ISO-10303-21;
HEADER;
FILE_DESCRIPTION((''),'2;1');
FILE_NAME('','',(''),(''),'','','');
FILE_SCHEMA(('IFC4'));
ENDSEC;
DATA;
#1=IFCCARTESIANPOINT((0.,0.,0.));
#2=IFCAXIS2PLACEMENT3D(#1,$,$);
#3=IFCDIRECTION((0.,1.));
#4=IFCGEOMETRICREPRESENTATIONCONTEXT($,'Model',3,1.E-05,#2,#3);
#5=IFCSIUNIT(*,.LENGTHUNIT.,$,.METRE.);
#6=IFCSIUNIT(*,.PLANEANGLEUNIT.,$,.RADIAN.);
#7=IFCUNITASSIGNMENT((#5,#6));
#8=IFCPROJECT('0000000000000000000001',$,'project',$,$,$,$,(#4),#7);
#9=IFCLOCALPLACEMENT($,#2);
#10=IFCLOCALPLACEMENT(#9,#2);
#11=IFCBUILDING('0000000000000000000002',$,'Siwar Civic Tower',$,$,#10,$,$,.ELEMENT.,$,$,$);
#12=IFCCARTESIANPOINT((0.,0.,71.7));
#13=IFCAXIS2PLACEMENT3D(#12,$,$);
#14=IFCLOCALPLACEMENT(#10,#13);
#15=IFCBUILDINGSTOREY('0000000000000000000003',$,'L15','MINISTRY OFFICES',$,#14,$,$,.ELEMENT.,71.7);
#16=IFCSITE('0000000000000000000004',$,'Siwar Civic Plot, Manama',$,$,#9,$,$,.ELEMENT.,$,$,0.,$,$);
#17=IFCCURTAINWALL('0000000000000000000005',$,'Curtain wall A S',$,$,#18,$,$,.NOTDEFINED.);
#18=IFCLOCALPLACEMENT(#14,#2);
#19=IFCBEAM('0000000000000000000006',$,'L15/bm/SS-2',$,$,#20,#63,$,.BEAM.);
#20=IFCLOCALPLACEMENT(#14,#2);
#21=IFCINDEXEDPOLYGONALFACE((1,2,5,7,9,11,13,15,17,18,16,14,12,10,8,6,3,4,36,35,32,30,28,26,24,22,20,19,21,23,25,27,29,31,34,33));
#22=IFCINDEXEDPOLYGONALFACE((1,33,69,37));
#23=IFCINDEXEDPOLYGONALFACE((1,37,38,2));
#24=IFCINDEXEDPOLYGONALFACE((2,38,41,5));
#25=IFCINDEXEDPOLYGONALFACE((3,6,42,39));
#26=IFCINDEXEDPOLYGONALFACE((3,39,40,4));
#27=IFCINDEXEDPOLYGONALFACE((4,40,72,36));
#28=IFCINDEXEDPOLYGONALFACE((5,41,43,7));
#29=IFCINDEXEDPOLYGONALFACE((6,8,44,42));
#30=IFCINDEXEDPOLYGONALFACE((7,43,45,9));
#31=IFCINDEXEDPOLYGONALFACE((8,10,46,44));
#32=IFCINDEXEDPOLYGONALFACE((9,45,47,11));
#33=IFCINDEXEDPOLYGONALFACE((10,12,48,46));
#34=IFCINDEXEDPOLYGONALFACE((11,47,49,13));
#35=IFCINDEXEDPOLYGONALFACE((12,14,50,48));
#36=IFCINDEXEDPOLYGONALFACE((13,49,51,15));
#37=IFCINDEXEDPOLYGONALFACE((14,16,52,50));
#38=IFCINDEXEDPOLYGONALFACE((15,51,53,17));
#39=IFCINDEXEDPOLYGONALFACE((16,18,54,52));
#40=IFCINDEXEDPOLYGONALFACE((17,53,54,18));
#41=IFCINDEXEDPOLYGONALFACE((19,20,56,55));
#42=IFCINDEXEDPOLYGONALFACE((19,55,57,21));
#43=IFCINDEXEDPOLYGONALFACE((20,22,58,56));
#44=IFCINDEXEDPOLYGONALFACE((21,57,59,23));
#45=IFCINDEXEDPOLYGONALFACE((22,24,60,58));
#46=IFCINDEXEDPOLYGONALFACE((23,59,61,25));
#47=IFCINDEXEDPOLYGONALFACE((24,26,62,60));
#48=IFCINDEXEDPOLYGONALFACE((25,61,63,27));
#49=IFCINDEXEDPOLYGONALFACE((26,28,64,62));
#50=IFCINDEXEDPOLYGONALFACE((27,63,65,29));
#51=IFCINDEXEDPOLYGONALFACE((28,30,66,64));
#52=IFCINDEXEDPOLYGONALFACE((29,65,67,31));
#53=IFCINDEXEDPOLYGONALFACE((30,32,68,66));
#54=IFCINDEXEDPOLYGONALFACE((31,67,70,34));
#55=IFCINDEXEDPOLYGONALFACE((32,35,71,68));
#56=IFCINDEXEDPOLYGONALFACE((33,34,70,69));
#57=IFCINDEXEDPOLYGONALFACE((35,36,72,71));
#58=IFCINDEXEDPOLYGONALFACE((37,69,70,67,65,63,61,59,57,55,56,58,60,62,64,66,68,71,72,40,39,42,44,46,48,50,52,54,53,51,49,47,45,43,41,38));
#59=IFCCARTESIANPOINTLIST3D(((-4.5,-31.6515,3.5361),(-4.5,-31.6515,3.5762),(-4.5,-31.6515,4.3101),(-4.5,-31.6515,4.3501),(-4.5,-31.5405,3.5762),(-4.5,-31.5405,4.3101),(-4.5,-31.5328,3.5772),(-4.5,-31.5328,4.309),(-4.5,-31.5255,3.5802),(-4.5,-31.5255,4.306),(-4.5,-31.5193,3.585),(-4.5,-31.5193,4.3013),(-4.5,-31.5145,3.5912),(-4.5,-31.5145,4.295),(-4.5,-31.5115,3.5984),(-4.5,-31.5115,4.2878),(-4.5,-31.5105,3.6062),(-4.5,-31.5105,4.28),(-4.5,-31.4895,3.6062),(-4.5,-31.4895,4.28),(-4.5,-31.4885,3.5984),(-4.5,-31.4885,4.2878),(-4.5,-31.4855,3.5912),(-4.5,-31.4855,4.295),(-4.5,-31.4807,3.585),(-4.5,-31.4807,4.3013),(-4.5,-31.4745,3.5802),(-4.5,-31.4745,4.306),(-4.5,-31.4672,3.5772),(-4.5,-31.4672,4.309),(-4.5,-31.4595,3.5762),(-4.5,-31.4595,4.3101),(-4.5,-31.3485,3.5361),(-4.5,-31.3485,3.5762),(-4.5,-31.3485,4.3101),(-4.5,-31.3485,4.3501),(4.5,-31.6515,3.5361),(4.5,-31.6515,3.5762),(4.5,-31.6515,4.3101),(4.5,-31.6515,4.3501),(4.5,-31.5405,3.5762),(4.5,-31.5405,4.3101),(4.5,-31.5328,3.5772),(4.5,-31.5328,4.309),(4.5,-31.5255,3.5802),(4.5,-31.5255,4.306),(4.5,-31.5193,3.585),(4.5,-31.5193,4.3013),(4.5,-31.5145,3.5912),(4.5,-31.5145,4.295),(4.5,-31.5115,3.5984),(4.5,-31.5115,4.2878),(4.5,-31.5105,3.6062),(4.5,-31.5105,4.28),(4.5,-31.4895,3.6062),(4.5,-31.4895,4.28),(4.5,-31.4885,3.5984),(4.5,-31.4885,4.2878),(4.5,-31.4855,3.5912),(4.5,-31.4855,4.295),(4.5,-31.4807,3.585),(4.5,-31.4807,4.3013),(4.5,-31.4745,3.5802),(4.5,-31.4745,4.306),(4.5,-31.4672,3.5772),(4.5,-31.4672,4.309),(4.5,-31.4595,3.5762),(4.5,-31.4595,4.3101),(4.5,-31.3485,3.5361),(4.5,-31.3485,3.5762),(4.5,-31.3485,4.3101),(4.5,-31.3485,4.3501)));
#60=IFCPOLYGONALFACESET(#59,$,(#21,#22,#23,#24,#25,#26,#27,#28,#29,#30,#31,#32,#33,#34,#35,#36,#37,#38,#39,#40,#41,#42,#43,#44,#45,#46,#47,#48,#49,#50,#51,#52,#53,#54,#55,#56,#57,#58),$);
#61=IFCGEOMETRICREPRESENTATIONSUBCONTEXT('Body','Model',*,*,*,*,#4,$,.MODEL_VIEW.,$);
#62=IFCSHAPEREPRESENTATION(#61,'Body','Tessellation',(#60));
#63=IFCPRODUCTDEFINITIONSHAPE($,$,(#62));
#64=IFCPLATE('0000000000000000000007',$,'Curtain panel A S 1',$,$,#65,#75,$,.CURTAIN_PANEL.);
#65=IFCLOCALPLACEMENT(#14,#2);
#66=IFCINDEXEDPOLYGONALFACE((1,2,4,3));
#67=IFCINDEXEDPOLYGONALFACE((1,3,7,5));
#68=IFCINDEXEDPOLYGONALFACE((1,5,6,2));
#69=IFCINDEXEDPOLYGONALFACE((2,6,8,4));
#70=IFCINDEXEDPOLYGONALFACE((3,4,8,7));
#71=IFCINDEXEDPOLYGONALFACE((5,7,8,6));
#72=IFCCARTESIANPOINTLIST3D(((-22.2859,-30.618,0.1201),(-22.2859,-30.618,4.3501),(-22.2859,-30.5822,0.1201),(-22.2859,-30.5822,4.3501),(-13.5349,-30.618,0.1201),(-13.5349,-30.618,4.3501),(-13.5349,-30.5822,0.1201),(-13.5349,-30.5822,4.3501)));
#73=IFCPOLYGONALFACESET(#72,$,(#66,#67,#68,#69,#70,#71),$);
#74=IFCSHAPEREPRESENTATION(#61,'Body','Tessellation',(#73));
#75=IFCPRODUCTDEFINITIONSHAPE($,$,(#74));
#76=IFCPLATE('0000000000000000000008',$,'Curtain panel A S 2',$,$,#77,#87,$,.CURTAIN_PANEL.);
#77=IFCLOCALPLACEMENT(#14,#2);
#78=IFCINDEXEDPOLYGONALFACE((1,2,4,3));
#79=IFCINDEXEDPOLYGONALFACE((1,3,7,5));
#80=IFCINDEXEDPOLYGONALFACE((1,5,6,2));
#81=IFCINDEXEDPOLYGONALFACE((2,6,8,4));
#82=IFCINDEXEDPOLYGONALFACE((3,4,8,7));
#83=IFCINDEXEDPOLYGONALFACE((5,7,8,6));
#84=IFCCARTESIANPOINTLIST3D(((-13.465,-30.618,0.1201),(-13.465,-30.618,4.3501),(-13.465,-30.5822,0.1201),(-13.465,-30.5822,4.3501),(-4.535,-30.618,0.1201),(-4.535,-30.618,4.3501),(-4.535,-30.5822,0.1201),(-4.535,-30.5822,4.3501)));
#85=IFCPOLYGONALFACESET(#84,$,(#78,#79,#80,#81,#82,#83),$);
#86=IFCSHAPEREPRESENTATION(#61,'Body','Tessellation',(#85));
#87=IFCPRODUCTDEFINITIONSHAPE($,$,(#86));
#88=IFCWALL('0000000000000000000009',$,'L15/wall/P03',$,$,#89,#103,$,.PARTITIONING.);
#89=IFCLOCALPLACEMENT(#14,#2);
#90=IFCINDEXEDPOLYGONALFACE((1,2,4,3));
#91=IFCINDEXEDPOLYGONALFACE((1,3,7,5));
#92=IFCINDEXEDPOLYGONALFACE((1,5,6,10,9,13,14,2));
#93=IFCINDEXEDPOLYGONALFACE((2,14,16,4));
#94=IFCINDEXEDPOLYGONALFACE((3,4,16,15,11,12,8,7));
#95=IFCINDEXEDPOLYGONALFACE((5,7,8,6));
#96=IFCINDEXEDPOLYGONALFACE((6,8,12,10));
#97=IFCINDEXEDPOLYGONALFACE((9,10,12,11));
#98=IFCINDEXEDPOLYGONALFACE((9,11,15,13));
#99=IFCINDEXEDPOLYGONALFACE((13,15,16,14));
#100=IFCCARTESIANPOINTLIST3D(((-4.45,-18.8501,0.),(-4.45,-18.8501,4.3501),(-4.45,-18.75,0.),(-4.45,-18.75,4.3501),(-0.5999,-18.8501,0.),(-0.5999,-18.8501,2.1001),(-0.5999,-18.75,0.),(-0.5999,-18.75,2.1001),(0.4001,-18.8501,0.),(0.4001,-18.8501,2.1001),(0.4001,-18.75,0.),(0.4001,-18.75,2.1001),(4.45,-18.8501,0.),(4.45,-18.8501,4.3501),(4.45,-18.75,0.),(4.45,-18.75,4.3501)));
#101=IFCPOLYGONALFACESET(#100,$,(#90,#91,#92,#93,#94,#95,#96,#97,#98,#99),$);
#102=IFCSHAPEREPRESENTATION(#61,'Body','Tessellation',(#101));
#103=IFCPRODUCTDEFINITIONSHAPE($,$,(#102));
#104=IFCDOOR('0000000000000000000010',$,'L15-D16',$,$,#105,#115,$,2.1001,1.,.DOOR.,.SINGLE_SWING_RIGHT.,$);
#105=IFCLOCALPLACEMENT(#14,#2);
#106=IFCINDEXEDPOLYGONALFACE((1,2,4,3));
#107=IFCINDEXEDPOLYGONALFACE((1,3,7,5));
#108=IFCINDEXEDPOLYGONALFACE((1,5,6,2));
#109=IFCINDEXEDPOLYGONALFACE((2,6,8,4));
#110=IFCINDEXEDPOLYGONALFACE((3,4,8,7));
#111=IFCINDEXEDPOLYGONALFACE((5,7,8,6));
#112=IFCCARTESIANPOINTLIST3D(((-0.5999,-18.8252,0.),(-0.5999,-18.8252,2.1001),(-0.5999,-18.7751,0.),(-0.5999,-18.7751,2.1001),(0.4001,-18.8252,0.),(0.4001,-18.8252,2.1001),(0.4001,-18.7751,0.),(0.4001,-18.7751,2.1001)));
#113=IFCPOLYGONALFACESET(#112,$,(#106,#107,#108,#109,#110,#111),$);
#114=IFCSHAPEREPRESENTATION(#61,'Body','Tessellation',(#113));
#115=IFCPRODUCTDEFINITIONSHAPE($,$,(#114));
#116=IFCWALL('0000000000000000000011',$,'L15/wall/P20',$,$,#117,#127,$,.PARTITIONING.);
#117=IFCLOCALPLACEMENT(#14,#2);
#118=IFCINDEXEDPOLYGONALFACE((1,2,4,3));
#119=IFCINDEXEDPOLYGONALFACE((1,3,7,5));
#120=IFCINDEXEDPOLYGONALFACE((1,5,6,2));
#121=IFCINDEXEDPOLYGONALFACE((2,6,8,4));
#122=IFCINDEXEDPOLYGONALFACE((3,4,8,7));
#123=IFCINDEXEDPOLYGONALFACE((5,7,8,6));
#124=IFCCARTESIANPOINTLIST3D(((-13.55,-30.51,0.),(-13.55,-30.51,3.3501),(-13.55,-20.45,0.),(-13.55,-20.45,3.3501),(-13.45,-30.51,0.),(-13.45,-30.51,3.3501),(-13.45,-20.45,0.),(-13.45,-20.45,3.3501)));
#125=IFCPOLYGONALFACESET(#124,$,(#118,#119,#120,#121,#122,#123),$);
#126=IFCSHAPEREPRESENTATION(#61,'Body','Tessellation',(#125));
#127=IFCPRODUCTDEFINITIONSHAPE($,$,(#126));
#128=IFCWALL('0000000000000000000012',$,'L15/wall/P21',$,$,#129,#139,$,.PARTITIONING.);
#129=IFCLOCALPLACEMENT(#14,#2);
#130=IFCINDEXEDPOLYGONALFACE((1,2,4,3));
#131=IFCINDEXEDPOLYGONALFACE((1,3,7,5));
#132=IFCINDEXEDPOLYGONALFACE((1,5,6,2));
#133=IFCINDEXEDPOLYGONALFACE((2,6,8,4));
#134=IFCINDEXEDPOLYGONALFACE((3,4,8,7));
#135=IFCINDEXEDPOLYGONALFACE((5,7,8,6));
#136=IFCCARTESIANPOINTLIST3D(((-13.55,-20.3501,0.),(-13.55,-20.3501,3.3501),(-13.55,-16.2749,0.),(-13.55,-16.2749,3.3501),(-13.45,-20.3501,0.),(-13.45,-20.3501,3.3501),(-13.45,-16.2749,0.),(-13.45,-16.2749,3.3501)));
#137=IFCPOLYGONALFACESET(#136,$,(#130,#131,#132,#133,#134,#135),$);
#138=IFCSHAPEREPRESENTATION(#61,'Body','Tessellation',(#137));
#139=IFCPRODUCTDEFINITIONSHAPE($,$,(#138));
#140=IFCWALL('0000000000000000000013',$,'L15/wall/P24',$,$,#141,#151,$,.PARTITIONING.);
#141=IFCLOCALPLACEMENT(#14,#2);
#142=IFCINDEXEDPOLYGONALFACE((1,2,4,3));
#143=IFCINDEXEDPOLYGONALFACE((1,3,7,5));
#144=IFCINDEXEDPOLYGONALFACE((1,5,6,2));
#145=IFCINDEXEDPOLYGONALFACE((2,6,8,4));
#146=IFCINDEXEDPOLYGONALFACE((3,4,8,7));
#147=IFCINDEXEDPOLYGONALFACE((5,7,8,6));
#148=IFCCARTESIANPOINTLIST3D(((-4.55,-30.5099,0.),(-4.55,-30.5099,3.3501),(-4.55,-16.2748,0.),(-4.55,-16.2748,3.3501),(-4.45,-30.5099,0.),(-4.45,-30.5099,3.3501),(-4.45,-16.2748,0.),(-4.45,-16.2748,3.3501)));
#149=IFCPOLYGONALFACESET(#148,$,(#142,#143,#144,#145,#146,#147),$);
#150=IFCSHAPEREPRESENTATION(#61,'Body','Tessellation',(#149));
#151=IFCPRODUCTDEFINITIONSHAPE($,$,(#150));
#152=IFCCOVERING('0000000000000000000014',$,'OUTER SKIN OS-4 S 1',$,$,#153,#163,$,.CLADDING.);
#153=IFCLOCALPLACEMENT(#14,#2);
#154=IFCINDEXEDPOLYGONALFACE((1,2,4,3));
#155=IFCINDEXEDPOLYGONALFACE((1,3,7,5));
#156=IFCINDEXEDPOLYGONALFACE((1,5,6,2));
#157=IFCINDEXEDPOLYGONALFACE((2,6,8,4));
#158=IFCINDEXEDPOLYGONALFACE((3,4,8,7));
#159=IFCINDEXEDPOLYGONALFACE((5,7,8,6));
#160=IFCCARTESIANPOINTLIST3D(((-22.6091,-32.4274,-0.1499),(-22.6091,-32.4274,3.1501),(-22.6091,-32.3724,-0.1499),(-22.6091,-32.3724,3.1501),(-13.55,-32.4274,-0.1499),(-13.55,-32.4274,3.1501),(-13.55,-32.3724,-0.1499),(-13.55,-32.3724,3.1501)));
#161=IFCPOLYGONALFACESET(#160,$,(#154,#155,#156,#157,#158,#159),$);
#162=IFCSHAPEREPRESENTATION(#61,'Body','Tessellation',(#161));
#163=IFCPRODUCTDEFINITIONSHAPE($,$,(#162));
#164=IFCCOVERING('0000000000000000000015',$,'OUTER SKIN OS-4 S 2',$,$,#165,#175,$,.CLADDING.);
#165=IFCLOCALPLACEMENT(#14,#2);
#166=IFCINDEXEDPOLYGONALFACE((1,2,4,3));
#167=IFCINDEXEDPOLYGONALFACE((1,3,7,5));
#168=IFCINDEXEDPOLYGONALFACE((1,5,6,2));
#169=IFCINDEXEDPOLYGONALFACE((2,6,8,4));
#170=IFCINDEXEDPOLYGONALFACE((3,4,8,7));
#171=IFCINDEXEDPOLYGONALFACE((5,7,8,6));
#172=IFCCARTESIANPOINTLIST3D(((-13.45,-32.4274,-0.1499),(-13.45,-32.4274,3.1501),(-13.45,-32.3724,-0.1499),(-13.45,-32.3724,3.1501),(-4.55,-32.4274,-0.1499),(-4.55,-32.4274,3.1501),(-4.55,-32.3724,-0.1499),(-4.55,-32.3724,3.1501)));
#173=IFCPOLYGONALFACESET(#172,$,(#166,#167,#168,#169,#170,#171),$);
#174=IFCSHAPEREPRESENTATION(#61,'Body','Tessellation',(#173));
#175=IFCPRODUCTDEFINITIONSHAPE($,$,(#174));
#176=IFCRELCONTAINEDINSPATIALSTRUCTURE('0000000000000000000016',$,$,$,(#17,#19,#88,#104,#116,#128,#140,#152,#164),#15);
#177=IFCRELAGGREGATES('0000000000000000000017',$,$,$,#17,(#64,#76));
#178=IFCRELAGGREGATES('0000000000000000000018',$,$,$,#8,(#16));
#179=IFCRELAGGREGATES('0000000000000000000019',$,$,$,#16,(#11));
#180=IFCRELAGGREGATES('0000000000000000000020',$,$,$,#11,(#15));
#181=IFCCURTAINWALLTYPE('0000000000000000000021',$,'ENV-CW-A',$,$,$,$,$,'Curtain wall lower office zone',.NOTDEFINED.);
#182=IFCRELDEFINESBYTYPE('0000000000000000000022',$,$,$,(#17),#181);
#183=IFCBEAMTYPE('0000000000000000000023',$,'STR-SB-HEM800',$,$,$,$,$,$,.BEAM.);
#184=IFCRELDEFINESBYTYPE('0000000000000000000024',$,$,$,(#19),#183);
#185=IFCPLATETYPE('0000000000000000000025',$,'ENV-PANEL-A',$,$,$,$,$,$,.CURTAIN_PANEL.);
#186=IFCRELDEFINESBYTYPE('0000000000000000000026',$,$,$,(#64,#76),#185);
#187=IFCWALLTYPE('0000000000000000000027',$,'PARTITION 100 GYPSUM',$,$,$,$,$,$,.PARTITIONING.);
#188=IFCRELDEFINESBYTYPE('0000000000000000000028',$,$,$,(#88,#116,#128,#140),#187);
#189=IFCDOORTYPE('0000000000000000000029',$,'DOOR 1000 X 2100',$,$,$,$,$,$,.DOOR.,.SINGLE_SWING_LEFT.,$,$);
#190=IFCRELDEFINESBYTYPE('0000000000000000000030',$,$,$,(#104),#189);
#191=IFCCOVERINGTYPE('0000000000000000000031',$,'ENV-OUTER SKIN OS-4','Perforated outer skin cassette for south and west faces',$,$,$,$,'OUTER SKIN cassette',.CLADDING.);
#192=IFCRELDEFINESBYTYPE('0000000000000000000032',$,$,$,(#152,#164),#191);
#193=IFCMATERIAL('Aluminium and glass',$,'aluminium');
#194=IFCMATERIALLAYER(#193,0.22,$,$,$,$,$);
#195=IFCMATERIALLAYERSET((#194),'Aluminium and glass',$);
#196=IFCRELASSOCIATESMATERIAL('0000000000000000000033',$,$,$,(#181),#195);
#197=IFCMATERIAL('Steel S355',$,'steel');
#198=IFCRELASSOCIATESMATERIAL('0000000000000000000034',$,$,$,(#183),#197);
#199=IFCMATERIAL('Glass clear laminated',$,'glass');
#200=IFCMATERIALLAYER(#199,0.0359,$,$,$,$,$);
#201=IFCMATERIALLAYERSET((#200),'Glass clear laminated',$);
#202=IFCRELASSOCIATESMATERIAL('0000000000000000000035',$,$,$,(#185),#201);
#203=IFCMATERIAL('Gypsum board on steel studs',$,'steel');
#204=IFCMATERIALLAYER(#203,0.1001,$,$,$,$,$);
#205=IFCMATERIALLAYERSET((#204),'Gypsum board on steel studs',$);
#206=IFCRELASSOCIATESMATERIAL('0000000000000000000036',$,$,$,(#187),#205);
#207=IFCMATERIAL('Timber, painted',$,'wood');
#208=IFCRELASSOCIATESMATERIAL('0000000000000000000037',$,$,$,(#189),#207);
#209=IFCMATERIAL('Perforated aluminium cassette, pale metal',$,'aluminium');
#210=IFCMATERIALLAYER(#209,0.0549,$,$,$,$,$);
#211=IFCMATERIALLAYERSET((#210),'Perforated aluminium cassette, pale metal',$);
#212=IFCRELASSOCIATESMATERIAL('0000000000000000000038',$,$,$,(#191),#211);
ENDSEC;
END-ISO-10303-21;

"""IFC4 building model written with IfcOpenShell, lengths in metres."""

from ifc_helpers import new_model, si_unit, direction, frame, frame_2d, origin, origin_2d, place, context, subcontext, project, spatial, rectangle, i_section, extrude, material, layer, layer_set, material_profile, profile_set, type_object, element, fill, aggregate, save


model = new_model("IFC4")

# Units and contexts
model_context = context("Model", 3, precision=1e-05, world=origin(), true_north=direction((0.0, 1.0)))
body_context = subcontext(model_context, "Body", "Model", "MODEL_VIEW")
ifc_project = project(units=[si_unit("LENGTHUNIT", "METRE"), si_unit("PLANEANGLEUNIT", "RADIAN")], contexts=[model_context])

# Site, building, storey
site_placement = place(None, origin())
site = spatial("IfcSite", under=ifc_project, at=site_placement, Name="Siwar Civic Plot, Manama", CompositionType="ELEMENT", RefElevation=0.0)
building_placement = place(site_placement, origin())
building = spatial("IfcBuilding", under=site, at=building_placement, Name="Siwar Civic Tower", CompositionType="ELEMENT")
storey_placement = place(building_placement, frame((0.0, 0.0, 71.7)))
storey = spatial("IfcBuildingStorey", under=building, at=storey_placement, Name="L15", Description="MINISTRY OFFICES", CompositionType="ELEMENT", Elevation=71.7)

# Curtain wall
ifc_material_1 = material(Name="Aluminium and glass", Category="aluminium")
ifc_layer_1 = layer(ifc_material_1, 0.22)
ifc_layer_set_1 = layer_set([ifc_layer_1], Name="Aluminium and glass")
curtain_wall_type = type_object("IfcCurtainWallType", Name="ENV-CW-A", ElementType="Curtain wall lower office zone", PredefinedType="NOTDEFINED", material=ifc_layer_set_1)
curtain_wall_placement = place(storey_placement, origin())
curtain_wall = element("IfcCurtainWall", 1, at=curtain_wall_placement, inside=storey, type_object=curtain_wall_type, Name="Curtain wall A S", PredefinedType="NOTDEFINED")

# Beam
ifc_material_2 = material(Name="Steel S355", Category="steel")
ifc_material_profile_1 = material_profile(ifc_material_2, i_section(OverallWidth=0.303, OverallDepth=0.814, WebThickness=0.021, FlangeThickness=0.04, FilletRadius=0.03, at=origin_2d()), Name="HEM800")
ifc_profile_set_1 = profile_set([ifc_material_profile_1], Name="Steel S355")
beam_type_1 = type_object("IfcBeamType", Name="STR-SB-HEM800", PredefinedType="BEAM", material=ifc_profile_set_1)
for number, where, z_axis, x_axis, name in (
    (2, (-4.5, -31.5, 3.9431), (1.0, 0.0, 0.0), (0.0, 1.0, 0.0), "L15/bm/SS-2"),
):
    element("IfcBeam", number, at=place(storey_placement, frame(where, z_axis=z_axis, x_axis=x_axis)), inside=storey, type_object=beam_type_1, Name=name, PredefinedType="BEAM", context=body_context, shape_type="SweptSolid", body=[
        extrude(i_section(OverallWidth=0.303, OverallDepth=0.814, WebThickness=0.021, FlangeThickness=0.04, FilletRadius=0.03, at=origin_2d()), origin(), (0.0, 0.0, 1.0), 9.0),
    ])

# Plates
ifc_material_3 = material(Name="Glass clear laminated", Category="glass")
ifc_layer_2 = layer(ifc_material_3, 0.0359)
ifc_layer_set_2 = layer_set([ifc_layer_2], Name="Glass clear laminated")
plate_type = type_object("IfcPlateType", Name="ENV-PANEL-A", PredefinedType="CURTAIN_PANEL", material=ifc_layer_set_2)
plate_1_placement = place(storey_placement, frame((-17.9104, -30.6001, 0.1201), z_axis=(0.0, 0.0, 1.0), x_axis=(1.0, 0.0, 0.0)))
plate_1 = element("IfcPlate", 3, at=plate_1_placement, type_object=plate_type, Name="Curtain panel A S 1", PredefinedType="CURTAIN_PANEL", context=body_context, shape_type="SweptSolid", body=[
    extrude(rectangle(XDim=8.751, YDim=0.0359, at=origin_2d()), origin(), (0.0, 0.0, 1.0), 4.23),
])
plate_2_placement = place(storey_placement, frame((-9.0, -30.6001, 0.1201), z_axis=(0.0, 0.0, 1.0), x_axis=(1.0, 0.0, 0.0)))
plate_2 = element("IfcPlate", 4, at=plate_2_placement, type_object=plate_type, Name="Curtain panel A S 2", PredefinedType="CURTAIN_PANEL", context=body_context, shape_type="SweptSolid", body=[
    extrude(rectangle(XDim=8.9299, YDim=0.0359, at=origin_2d()), origin(), (0.0, 0.0, 1.0), 4.23),
])
aggregate(curtain_wall, [plate_1, plate_2])

# Wall, opening, door
ifc_material_4 = material(Name="Gypsum board on steel studs", Category="steel")
ifc_layer_3 = layer(ifc_material_4, 0.1001)
ifc_layer_set_3 = layer_set([ifc_layer_3], Name="Gypsum board on steel studs")
wall_type = type_object("IfcWallType", Name="PARTITION 100 GYPSUM", PredefinedType="PARTITIONING", material=ifc_layer_set_3)
wall_1_placement = place(storey_placement, frame((-4.45, -18.8, 0.0), z_axis=(0.0, 0.0, 1.0), x_axis=(1.0, 0.0, 0.0)))
wall_1 = element("IfcWall", 5, at=wall_1_placement, inside=storey, type_object=wall_type, Name="L15/wall/P03", PredefinedType="PARTITIONING", context=body_context, shape_type="SweptSolid", body=[
    extrude(rectangle(XDim=8.8999, YDim=0.1001, at=frame_2d((4.45, 0.0))), origin(), (0.0, 0.0, 1.0), 4.3501),
])
opening_placement = place(wall_1_placement, frame((3.8501, 0.0, 0.0)))
opening = element("IfcOpeningElement", 6, at=opening_placement, cuts=wall_1, PredefinedType="OPENING", context=body_context, shape_type="SweptSolid", body=[
    extrude(rectangle(XDim=1.0, YDim=2.1001, at=frame_2d((0.5, 1.05))), frame((0.0, 0.0601, 0.0), z_axis=(0.0, -1.0, 0.0), x_axis=(1.0, 0.0, 0.0)), (0.0, 0.0, 1.0), 0.1201),
])
ifc_material_5 = material(Name="Timber, painted", Category="wood")
door_type = type_object("IfcDoorType", Name="DOOR 1000 X 2100", OperationType="SINGLE_SWING_LEFT", PredefinedType="DOOR", material=ifc_material_5)
door_placement = place(opening_placement, origin())
door = element("IfcDoor", 7, at=door_placement, inside=storey, type_object=door_type, Name="L15-D16", OperationType="SINGLE_SWING_RIGHT", OverallHeight=2.1001, OverallWidth=1.0, PredefinedType="DOOR", context=body_context, shape_type="SweptSolid", body=[
    extrude(rectangle(XDim=1.0, YDim=2.1001, at=frame_2d((0.5, 1.05))), frame((0.0, 0.0249, 0.0), z_axis=(0.0, -1.0, 0.0), x_axis=(1.0, 0.0, 0.0)), (0.0, 0.0, 1.0), 0.05),
])
fill(opening, door)

# Walls
wall_2_placement = place(storey_placement, frame((-13.5, -30.51, 0.0), z_axis=(0.0, 0.0, 1.0), x_axis=(0.0, 1.0, 0.0)))
element("IfcWall", 8, at=wall_2_placement, inside=storey, type_object=wall_type, Name="L15/wall/P20", PredefinedType="PARTITIONING", context=body_context, shape_type="SweptSolid", body=[
    extrude(rectangle(XDim=10.0601, YDim=0.1001, at=frame_2d((5.03, 0.0))), origin(), (0.0, 0.0, 1.0), 3.3501),
])
wall_3_placement = place(storey_placement, frame((-13.5, -20.3501, 0.0), z_axis=(0.0, 0.0, 1.0), x_axis=(0.0, 1.0, 0.0)))
element("IfcWall", 9, at=wall_3_placement, inside=storey, type_object=wall_type, Name="L15/wall/P21", PredefinedType="PARTITIONING", context=body_context, shape_type="SweptSolid", body=[
    extrude(rectangle(XDim=4.0752, YDim=0.1001, at=frame_2d((2.0376, 0.0))), origin(), (0.0, 0.0, 1.0), 3.3501),
])
wall_4_placement = place(storey_placement, frame((-4.5, -30.51, 0.0), z_axis=(0.0, 0.0, 1.0), x_axis=(0.0, 1.0, 0.0)))
element("IfcWall", 10, at=wall_4_placement, inside=storey, type_object=wall_type, Name="L15/wall/P24", PredefinedType="PARTITIONING", context=body_context, shape_type="SweptSolid", body=[
    extrude(rectangle(XDim=14.2351, YDim=0.1001, at=frame_2d((7.1177, 0.0))), origin(), (0.0, 0.0, 1.0), 3.3501),
])

# Coverings
ifc_material_6 = material(Name="Perforated aluminium cassette, pale metal", Category="aluminium")
ifc_layer_4 = layer(ifc_material_6, 0.0549)
ifc_layer_set_4 = layer_set([ifc_layer_4], Name="Perforated aluminium cassette, pale metal")
covering_type = type_object("IfcCoveringType", Name="ENV-OUTER SKIN OS-4", Description="Perforated outer skin cassette for south and west faces", ElementType="OUTER SKIN cassette", PredefinedType="CLADDING", material=ifc_layer_set_4)
covering_1_placement = place(storey_placement, frame((-18.0796, -32.3999, -0.1499), z_axis=(0.0, 0.0, 1.0), x_axis=(1.0, 0.0, 0.0)))
element("IfcCovering", 11, at=covering_1_placement, inside=storey, type_object=covering_type, Name="OUTER SKIN OS-4 S 1", PredefinedType="CLADDING", context=body_context, shape_type="SweptSolid", body=[
    extrude(rectangle(XDim=9.0591, YDim=0.0549, at=origin_2d()), origin(), (0.0, 0.0, 1.0), 3.3),
])
covering_2_placement = place(storey_placement, frame((-9.0, -32.3999, -0.1499), z_axis=(0.0, 0.0, 1.0), x_axis=(1.0, 0.0, 0.0)))
element("IfcCovering", 12, at=covering_2_placement, inside=storey, type_object=covering_type, Name="OUTER SKIN OS-4 S 2", PredefinedType="CLADDING", context=body_context, shape_type="SweptSolid", body=[
    extrude(rectangle(XDim=8.8999, YDim=0.0549, at=origin_2d()), origin(), (0.0, 0.0, 1.0), 3.3),
])

save(model, "model.ifc")
